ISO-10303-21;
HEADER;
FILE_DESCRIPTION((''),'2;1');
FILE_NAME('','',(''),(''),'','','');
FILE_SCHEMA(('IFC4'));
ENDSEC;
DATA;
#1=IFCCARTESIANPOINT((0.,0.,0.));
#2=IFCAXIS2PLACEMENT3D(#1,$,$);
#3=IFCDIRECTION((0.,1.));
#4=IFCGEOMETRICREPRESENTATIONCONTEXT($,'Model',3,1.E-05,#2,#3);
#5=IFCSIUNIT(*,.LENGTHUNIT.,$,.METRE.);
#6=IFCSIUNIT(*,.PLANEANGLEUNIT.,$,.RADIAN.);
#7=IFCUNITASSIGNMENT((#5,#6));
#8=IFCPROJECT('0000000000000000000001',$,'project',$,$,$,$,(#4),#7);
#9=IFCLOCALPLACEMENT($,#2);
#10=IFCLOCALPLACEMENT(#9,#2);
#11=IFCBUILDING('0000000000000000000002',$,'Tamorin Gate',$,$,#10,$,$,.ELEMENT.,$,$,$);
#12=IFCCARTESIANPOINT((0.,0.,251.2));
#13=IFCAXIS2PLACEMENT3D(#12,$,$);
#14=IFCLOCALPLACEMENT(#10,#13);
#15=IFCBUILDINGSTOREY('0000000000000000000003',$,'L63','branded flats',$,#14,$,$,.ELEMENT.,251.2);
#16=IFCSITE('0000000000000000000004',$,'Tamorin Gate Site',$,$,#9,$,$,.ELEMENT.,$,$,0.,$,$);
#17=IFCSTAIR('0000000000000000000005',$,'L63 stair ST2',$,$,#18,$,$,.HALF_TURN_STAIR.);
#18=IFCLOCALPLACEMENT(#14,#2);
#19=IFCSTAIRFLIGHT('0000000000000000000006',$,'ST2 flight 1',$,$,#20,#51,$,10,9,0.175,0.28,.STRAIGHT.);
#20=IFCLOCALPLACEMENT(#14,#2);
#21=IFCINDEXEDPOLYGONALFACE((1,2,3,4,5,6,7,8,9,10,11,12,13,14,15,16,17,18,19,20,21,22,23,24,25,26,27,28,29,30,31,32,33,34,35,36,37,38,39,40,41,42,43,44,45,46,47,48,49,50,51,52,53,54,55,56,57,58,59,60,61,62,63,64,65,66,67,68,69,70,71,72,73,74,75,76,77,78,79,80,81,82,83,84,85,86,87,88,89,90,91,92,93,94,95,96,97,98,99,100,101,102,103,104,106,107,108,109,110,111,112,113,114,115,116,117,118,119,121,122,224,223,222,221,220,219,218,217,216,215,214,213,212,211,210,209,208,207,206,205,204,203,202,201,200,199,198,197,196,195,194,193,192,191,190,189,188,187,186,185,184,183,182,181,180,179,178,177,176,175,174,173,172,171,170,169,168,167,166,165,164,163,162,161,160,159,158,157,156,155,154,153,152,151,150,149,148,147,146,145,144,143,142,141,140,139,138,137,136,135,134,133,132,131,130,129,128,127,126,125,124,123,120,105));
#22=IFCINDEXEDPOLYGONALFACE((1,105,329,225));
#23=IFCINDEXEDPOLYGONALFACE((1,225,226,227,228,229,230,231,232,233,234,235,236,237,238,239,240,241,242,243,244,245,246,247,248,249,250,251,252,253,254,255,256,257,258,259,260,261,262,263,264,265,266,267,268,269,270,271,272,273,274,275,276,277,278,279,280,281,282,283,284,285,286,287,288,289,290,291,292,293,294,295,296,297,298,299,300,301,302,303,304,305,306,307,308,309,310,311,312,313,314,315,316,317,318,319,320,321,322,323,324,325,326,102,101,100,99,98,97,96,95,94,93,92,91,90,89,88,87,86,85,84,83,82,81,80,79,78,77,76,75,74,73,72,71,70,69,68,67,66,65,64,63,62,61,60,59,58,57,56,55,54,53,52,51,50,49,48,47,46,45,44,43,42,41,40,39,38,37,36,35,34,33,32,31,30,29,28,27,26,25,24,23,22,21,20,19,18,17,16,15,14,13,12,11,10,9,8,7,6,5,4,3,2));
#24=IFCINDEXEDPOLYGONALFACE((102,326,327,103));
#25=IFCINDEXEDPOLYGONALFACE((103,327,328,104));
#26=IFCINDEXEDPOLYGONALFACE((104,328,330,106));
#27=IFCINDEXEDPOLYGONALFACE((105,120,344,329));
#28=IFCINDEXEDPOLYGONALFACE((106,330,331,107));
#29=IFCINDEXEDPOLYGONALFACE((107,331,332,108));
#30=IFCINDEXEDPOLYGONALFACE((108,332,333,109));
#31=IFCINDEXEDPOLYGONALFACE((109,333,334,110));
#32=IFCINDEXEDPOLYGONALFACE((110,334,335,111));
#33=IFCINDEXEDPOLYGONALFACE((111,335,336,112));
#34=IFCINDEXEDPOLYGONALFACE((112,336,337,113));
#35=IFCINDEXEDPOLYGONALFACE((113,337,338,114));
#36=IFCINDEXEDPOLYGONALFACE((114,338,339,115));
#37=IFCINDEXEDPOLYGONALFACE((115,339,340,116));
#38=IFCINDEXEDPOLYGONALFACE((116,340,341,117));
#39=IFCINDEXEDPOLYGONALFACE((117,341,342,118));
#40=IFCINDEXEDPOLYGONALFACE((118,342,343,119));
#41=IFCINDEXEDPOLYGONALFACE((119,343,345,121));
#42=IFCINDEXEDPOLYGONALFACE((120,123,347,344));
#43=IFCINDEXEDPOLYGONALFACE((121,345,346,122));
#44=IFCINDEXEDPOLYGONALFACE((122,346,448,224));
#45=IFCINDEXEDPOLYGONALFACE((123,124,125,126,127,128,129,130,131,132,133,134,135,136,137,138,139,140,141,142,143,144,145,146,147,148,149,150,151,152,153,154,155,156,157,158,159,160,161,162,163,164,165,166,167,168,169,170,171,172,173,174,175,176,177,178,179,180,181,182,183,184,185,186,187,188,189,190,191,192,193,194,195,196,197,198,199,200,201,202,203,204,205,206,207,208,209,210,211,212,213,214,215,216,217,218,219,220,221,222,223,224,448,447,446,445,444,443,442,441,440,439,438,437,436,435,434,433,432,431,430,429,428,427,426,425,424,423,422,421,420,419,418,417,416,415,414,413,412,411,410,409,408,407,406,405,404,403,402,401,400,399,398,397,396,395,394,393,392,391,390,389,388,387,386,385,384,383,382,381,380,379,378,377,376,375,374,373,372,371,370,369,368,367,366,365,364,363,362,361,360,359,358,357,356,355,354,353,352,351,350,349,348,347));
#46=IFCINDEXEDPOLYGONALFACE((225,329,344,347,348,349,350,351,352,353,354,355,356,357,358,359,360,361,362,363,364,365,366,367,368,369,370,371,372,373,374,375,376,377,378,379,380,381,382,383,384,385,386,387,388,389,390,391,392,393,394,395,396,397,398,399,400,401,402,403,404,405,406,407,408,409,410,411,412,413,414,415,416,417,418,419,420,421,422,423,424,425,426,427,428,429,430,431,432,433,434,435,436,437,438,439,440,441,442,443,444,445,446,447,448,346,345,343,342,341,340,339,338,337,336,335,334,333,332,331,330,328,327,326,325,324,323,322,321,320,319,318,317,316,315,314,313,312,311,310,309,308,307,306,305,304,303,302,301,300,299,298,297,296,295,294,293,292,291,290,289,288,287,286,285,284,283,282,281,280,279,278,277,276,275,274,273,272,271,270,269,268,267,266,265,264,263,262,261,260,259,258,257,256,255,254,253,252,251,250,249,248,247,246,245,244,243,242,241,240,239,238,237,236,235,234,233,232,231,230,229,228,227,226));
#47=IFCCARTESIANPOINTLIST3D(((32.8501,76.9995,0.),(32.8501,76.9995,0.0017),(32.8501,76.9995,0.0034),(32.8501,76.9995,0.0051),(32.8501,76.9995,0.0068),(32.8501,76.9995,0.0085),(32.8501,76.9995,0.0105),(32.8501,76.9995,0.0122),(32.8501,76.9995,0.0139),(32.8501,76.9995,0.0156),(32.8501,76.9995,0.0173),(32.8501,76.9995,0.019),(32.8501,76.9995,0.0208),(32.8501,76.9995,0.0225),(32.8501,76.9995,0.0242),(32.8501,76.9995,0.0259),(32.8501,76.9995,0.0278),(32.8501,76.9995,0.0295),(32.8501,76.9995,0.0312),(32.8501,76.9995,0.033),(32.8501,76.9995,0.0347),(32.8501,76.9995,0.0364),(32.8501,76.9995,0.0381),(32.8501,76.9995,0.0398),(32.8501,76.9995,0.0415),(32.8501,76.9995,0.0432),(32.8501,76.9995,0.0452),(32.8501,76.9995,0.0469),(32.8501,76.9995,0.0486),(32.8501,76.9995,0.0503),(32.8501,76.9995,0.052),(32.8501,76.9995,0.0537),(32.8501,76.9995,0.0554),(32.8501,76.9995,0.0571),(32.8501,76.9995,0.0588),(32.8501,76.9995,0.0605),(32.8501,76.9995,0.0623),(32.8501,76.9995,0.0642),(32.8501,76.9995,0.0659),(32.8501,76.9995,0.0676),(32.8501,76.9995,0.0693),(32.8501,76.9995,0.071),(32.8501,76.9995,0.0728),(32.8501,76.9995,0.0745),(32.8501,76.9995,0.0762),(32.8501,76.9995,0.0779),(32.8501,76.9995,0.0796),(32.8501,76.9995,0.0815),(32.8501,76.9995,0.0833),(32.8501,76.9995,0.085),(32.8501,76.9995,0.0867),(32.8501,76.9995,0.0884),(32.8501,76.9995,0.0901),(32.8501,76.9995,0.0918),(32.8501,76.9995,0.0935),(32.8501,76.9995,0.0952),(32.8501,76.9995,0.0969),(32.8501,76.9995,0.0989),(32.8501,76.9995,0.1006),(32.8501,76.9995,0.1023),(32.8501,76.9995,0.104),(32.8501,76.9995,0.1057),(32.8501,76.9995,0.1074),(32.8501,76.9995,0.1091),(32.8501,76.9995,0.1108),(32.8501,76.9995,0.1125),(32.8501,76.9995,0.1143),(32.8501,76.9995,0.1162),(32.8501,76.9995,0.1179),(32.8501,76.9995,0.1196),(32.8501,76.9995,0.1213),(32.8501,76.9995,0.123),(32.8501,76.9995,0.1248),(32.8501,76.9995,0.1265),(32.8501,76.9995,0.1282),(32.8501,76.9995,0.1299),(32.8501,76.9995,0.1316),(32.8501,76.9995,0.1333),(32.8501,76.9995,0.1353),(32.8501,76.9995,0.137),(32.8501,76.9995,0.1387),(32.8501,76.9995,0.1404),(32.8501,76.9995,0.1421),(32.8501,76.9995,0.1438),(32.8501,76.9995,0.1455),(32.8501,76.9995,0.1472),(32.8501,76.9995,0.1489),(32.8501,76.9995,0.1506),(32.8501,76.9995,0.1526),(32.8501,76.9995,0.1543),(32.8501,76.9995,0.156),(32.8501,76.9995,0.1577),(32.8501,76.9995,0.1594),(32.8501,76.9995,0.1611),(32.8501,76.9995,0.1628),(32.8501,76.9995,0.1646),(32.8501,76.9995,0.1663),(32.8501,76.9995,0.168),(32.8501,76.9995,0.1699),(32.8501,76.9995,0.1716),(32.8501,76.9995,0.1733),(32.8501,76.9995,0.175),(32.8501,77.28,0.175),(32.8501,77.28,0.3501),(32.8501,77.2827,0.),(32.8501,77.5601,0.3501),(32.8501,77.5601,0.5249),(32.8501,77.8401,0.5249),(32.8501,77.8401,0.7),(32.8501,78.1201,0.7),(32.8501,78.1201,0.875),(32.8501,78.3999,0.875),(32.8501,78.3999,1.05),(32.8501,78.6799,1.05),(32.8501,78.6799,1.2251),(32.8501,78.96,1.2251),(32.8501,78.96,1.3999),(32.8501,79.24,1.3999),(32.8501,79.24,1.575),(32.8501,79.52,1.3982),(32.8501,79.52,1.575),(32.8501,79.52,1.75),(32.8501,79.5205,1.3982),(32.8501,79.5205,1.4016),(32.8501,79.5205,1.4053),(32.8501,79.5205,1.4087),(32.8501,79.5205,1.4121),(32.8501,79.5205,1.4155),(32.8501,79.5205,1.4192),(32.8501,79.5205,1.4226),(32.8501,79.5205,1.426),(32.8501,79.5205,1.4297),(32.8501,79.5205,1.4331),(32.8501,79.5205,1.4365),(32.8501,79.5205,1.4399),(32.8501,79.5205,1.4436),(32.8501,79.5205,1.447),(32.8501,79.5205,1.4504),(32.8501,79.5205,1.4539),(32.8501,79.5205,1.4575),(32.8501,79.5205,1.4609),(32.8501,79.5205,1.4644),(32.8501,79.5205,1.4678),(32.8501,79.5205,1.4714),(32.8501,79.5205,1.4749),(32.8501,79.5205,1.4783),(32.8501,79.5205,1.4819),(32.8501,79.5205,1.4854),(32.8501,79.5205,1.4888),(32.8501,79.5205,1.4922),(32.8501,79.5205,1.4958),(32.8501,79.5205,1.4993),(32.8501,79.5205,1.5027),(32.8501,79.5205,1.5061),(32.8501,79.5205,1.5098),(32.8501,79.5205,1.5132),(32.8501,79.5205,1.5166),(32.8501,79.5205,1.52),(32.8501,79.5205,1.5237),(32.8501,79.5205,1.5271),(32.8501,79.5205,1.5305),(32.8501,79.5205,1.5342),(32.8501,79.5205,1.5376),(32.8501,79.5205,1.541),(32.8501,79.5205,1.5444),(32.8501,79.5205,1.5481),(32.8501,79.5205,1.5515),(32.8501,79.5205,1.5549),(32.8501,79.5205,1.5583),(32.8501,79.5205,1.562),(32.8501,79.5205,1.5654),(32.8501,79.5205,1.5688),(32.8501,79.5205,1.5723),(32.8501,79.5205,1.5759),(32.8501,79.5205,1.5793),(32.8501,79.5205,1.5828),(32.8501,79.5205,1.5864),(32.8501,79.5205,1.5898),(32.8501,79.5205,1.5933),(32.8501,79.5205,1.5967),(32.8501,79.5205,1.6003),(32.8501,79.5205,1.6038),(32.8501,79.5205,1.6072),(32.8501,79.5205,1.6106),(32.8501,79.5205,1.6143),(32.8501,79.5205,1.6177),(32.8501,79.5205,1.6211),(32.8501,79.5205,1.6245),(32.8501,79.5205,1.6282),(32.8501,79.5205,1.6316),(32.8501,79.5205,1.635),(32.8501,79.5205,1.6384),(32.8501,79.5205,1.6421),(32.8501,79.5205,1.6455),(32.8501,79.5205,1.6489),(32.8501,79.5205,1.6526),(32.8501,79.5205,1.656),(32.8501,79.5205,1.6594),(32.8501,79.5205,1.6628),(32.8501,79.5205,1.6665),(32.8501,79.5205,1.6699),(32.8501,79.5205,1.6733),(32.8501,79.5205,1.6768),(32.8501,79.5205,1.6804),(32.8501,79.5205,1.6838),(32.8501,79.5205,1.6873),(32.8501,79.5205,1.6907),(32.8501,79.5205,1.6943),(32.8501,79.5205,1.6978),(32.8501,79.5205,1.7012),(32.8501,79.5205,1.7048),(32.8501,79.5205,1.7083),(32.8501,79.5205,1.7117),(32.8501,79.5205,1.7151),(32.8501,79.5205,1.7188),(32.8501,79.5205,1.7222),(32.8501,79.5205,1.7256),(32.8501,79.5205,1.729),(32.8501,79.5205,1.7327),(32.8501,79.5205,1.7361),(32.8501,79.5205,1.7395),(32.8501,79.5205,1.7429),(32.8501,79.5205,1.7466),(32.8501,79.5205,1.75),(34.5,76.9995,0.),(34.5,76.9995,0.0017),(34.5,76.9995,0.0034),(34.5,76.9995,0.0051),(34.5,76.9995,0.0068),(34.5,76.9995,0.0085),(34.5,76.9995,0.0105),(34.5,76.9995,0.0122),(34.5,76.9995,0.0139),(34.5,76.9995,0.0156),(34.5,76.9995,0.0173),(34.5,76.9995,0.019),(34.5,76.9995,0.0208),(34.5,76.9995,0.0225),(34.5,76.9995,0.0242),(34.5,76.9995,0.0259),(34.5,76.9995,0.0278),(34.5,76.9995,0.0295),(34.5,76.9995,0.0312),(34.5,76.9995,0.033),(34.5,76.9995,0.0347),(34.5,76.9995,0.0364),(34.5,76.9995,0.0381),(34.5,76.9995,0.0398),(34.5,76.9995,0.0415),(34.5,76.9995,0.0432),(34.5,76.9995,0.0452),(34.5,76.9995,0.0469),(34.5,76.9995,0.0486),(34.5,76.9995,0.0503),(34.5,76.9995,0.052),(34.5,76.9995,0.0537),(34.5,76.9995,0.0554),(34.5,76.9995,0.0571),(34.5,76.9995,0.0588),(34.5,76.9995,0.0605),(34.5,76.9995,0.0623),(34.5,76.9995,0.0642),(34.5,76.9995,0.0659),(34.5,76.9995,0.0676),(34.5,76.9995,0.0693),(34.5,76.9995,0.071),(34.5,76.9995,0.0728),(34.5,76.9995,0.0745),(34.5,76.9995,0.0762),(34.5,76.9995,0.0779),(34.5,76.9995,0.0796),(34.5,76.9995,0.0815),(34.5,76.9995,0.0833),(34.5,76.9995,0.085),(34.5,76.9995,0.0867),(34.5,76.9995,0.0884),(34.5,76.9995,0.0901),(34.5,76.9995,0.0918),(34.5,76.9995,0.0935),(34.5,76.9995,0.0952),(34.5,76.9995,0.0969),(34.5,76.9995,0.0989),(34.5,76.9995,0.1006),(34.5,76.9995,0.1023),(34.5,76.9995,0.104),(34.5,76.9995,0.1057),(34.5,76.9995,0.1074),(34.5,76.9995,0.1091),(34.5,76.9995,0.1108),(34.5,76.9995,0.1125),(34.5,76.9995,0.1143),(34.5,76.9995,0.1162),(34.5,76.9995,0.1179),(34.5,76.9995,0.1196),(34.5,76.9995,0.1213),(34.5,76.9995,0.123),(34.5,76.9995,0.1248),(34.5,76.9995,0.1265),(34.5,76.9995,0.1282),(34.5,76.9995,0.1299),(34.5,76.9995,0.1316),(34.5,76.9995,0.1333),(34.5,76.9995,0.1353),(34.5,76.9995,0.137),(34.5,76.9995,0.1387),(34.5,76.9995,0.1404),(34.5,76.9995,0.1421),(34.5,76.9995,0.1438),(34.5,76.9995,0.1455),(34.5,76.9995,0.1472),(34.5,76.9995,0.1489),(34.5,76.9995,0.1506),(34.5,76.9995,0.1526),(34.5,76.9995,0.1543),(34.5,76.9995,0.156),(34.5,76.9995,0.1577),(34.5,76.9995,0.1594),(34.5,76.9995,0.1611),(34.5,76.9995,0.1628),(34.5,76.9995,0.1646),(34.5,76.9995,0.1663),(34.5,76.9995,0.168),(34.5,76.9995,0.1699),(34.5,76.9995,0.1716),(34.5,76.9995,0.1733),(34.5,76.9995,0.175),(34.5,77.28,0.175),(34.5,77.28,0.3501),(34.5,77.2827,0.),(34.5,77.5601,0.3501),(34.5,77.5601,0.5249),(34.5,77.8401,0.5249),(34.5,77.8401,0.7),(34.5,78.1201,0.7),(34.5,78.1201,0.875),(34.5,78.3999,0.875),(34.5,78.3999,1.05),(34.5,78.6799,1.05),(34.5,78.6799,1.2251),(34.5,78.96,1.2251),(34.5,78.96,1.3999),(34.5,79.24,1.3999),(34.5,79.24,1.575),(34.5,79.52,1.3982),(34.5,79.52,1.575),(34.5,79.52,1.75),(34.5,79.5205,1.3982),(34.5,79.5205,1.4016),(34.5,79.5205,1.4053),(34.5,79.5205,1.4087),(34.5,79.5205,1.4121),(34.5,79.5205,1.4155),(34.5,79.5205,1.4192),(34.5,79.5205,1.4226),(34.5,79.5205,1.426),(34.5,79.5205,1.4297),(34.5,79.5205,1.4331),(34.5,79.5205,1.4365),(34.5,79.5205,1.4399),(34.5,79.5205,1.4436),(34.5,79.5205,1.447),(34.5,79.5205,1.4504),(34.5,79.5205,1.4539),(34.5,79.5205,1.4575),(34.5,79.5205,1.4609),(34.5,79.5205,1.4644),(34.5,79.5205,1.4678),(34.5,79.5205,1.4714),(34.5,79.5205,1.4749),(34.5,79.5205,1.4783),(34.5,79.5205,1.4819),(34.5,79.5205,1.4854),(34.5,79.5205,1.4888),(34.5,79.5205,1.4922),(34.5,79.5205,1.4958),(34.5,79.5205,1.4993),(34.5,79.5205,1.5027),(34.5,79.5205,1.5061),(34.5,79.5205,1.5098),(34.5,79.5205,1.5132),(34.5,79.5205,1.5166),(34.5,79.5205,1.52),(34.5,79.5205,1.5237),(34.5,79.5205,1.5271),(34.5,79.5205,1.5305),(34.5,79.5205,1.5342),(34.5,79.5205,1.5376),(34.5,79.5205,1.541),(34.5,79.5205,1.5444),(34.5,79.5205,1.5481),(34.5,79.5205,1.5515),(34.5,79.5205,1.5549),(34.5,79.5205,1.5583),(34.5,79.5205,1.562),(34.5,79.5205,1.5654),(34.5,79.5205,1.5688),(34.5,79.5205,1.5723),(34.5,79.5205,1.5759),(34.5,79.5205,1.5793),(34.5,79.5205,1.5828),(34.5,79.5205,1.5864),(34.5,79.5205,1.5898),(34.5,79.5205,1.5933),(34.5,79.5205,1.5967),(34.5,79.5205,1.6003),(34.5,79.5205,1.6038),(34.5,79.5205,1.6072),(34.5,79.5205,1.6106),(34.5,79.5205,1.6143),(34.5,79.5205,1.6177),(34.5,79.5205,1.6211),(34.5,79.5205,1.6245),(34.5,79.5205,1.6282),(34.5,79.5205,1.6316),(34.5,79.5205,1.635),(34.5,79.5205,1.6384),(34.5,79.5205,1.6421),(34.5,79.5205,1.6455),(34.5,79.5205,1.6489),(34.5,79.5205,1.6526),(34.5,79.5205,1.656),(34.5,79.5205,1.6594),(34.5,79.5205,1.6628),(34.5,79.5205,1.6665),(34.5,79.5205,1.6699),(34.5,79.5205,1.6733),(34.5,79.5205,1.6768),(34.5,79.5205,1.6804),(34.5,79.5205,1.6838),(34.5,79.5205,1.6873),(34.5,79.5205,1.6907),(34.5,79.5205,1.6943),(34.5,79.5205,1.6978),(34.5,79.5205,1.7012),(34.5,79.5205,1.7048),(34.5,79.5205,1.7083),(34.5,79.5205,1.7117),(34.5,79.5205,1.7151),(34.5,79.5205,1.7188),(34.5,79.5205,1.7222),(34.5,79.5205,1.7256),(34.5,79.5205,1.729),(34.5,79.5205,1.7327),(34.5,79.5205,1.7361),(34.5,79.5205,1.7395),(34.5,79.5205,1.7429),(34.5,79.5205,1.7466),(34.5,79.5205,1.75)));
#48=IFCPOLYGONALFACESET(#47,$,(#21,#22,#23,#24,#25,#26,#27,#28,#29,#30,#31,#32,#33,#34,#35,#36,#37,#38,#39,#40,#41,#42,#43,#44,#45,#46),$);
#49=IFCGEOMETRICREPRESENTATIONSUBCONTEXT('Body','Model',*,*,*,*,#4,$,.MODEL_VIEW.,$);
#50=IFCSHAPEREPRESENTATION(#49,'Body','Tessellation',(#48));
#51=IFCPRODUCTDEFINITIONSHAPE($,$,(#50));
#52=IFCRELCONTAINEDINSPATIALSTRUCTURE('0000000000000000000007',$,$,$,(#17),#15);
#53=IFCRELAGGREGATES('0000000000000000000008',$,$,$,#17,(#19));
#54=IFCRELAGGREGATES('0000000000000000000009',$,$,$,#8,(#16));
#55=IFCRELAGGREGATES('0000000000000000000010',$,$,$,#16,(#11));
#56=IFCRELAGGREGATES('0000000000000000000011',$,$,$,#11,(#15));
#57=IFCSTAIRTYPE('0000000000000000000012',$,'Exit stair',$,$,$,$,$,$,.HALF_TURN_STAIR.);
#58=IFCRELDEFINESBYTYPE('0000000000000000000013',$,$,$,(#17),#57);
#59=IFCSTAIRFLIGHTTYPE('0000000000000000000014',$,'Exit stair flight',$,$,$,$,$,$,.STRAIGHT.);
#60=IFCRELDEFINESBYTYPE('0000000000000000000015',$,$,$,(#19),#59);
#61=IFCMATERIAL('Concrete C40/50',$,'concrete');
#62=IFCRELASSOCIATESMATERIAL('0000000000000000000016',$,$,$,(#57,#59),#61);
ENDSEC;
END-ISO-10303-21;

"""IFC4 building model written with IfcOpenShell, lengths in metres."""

from ifc_helpers import new_model, si_unit, direction, frame, origin, place, context, subcontext, project, spatial, polyline, outline, extrude, material, type_object, element, aggregate, save


model = new_model("IFC4")

# Units and contexts
model_context = context("Model", 3, precision=1e-05, world=origin(), true_north=direction((0.0, 1.0)))
body_context = subcontext(model_context, "Body", "Model", "MODEL_VIEW")
ifc_project = project(units=[si_unit("LENGTHUNIT", "METRE"), si_unit("PLANEANGLEUNIT", "RADIAN")], contexts=[model_context])

# Site, building, storey
site_placement = place(None, origin())
site = spatial("IfcSite", under=ifc_project, at=site_placement, Name="Tamorin Gate Site", CompositionType="ELEMENT", RefElevation=0.0)
building_placement = place(site_placement, origin())
building = spatial("IfcBuilding", under=site, at=building_placement, Name="Tamorin Gate", CompositionType="ELEMENT")
storey_placement = place(building_placement, frame((0.0, 0.0, 251.2)))
storey = spatial("IfcBuildingStorey", under=building, at=storey_placement, Name="L63", Description="branded flats", CompositionType="ELEMENT", Elevation=251.2)

# Shared definitions
ifc_material_1 = material(Name="Concrete C40/50", Category="concrete")

# Shared definitions
stair_type = type_object("IfcStairType", Name="Exit stair", PredefinedType="HALF_TURN_STAIR", material=ifc_material_1)
stair_flight_type = type_object("IfcStairFlightType", Name="Exit stair flight", PredefinedType="STRAIGHT", material=ifc_material_1)

# Stair, stair flight
stair_1_placement = place(storey_placement, origin())
stair_1 = element("IfcStair", 1, at=stair_1_placement, inside=storey, type_object=stair_type, Name="L63 stair ST2", PredefinedType="HALF_TURN_STAIR")
stair_flight_1_placement = place(storey_placement, frame((33.675, 77.0, 0.0), z_axis=(0.0, 0.0, 1.0), x_axis=(0.0, 1.0, 0.0)))
stair_flight_1 = element("IfcStairFlight", 2, at=stair_flight_1_placement, type_object=stair_flight_type, Name="ST2 flight 1", NumberOfRisers=10, NumberOfTreads=9, PredefinedType="STRAIGHT", RiserHeight=0.175, TreadLength=0.28, context=body_context, shape_type="SweptSolid", body=[
    extrude(outline(polyline([(-0.0005, 0.0), (-0.0005, 0.0017), (-0.0005, 0.0034), (-0.0005, 0.0051), (-0.0005, 0.0068), (-0.0005, 0.0085), (-0.0005, 0.0105), (-0.0005, 0.0122), (-0.0005, 0.0139), (-0.0005, 0.0156), (-0.0005, 0.0173), (-0.0005, 0.019), (-0.0005, 0.0208), (-0.0005, 0.0225), (-0.0005, 0.0242), (-0.0005, 0.0259), (-0.0005, 0.0278), (-0.0005, 0.0295), (-0.0005, 0.0312), (-0.0005, 0.033), (-0.0005, 0.0347), (-0.0005, 0.0364), (-0.0005, 0.0381), (-0.0005, 0.0398), (-0.0005, 0.0415), (-0.0005, 0.0432), (-0.0005, 0.0452), (-0.0005, 0.0469), (-0.0005, 0.0486), (-0.0005, 0.0503), (-0.0005, 0.052), (-0.0005, 0.0537), (-0.0005, 0.0554), (-0.0005, 0.0571), (-0.0005, 0.0588), (-0.0005, 0.0605), (-0.0005, 0.0623), (-0.0005, 0.0642), (-0.0005, 0.0659), (-0.0005, 0.0676), (-0.0005, 0.0693), (-0.0005, 0.071), (-0.0005, 0.0728), (-0.0005, 0.0745), (-0.0005, 0.0762), (-0.0005, 0.0779), (-0.0005, 0.0796), (-0.0005, 0.0815), (-0.0005, 0.0833), (-0.0005, 0.085), (-0.0005, 0.0867), (-0.0005, 0.0884), (-0.0005, 0.0901), (-0.0005, 0.0918), (-0.0005, 0.0935), (-0.0005, 0.0952), (-0.0005, 0.0969), (-0.0005, 0.0989), (-0.0005, 0.1006), (-0.0005, 0.1023), (-0.0005, 0.104), (-0.0005, 0.1057), (-0.0005, 0.1074), (-0.0005, 0.1091), (-0.0005, 0.1108), (-0.0005, 0.1125), (-0.0005, 0.1143), (-0.0005, 0.1162), (-0.0005, 0.1179), (-0.0005, 0.1196), (-0.0005, 0.1213), (-0.0005, 0.123), (-0.0005, 0.1248), (-0.0005, 0.1265), (-0.0005, 0.1282), (-0.0005, 0.1299), (-0.0005, 0.1316), (-0.0005, 0.1333), (-0.0005, 0.1353), (-0.0005, 0.137), (-0.0005, 0.1387), (-0.0005, 0.1404), (-0.0005, 0.1421), (-0.0005, 0.1438), (-0.0005, 0.1455), (-0.0005, 0.1472), (-0.0005, 0.1489), (-0.0005, 0.1506), (-0.0005, 0.1526), (-0.0005, 0.1543), (-0.0005, 0.156), (-0.0005, 0.1577), (-0.0005, 0.1594), (-0.0005, 0.1611), (-0.0005, 0.1628), (-0.0005, 0.1646), (-0.0005, 0.1663), (-0.0005, 0.168), (-0.0005, 0.1699), (-0.0005, 0.1716), (-0.0005, 0.1733), (-0.0005, 0.175), (0.28, 0.175), (0.28, 0.3501), (0.5601, 0.3501), (0.5601, 0.5249), (0.8401, 0.5249), (0.8401, 0.7), (1.1201, 0.7), (1.1201, 0.875), (1.3999, 0.875), (1.3999, 1.05), (1.6799, 1.05), (1.6799, 1.2251), (1.96, 1.2251), (1.96, 1.3999), (2.24, 1.3999), (2.24, 1.575), (2.52, 1.575), (2.52, 1.75), (2.5205, 1.75), (2.5205, 1.7466), (2.5205, 1.7429), (2.5205, 1.7395), (2.5205, 1.7361), (2.5205, 1.7327), (2.5205, 1.729), (2.5205, 1.7256), (2.5205, 1.7222), (2.5205, 1.7188), (2.5205, 1.7151), (2.5205, 1.7117), (2.5205, 1.7083), (2.5205, 1.7048), (2.5205, 1.7012), (2.5205, 1.6978), (2.5205, 1.6943), (2.5205, 1.6907), (2.5205, 1.6873), (2.5205, 1.6838), (2.5205, 1.6804), (2.5205, 1.6768), (2.5205, 1.6733), (2.5205, 1.6699), (2.5205, 1.6665), (2.5205, 1.6628), (2.5205, 1.6594), (2.5205, 1.656), (2.5205, 1.6526), (2.5205, 1.6489), (2.5205, 1.6455), (2.5205, 1.6421), (2.5205, 1.6384), (2.5205, 1.635), (2.5205, 1.6316), (2.5205, 1.6282), (2.5205, 1.6245), (2.5205, 1.6211), (2.5205, 1.6177), (2.5205, 1.6143), (2.5205, 1.6106), (2.5205, 1.6072), (2.5205, 1.6038), (2.5205, 1.6003), (2.5205, 1.5967), (2.5205, 1.5933), (2.5205, 1.5898), (2.5205, 1.5864), (2.5205, 1.5828), (2.5205, 1.5793), (2.5205, 1.5759), (2.5205, 1.5723), (2.5205, 1.5688), (2.5205, 1.5654), (2.5205, 1.562), (2.5205, 1.5583), (2.5205, 1.5549), (2.5205, 1.5515), (2.5205, 1.5481), (2.5205, 1.5444), (2.5205, 1.541), (2.5205, 1.5376), (2.5205, 1.5342), (2.5205, 1.5305), (2.5205, 1.5271), (2.5205, 1.5237), (2.5205, 1.52), (2.5205, 1.5166), (2.5205, 1.5132), (2.5205, 1.5098), (2.5205, 1.5061), (2.5205, 1.5027), (2.5205, 1.4993), (2.5205, 1.4958), (2.5205, 1.4922), (2.5205, 1.4888), (2.5205, 1.4854), (2.5205, 1.4819), (2.5205, 1.4783), (2.5205, 1.4749), (2.5205, 1.4714), (2.5205, 1.4678), (2.5205, 1.4644), (2.5205, 1.4609), (2.5205, 1.4575), (2.5205, 1.4539), (2.5205, 1.4504), (2.5205, 1.447), (2.5205, 1.4436), (2.5205, 1.4399), (2.5205, 1.4365), (2.5205, 1.4331), (2.5205, 1.4297), (2.5205, 1.426), (2.5205, 1.4226), (2.5205, 1.4192), (2.5205, 1.4155), (2.5205, 1.4121), (2.5205, 1.4087), (2.5205, 1.4053), (2.5205, 1.4016), (2.5205, 1.3982), (2.52, 1.3982), (0.2827, 0.0), (-0.0005, 0.0)])), frame((0.0, 0.825, 0.0), z_axis=(0.0, -1.0, 0.0), x_axis=(1.0, 0.0, 0.0)), (0.0, 0.0, 1.0), 1.6499),
])
aggregate(stair_1, [stair_flight_1])

save(model, "model.ifc")
